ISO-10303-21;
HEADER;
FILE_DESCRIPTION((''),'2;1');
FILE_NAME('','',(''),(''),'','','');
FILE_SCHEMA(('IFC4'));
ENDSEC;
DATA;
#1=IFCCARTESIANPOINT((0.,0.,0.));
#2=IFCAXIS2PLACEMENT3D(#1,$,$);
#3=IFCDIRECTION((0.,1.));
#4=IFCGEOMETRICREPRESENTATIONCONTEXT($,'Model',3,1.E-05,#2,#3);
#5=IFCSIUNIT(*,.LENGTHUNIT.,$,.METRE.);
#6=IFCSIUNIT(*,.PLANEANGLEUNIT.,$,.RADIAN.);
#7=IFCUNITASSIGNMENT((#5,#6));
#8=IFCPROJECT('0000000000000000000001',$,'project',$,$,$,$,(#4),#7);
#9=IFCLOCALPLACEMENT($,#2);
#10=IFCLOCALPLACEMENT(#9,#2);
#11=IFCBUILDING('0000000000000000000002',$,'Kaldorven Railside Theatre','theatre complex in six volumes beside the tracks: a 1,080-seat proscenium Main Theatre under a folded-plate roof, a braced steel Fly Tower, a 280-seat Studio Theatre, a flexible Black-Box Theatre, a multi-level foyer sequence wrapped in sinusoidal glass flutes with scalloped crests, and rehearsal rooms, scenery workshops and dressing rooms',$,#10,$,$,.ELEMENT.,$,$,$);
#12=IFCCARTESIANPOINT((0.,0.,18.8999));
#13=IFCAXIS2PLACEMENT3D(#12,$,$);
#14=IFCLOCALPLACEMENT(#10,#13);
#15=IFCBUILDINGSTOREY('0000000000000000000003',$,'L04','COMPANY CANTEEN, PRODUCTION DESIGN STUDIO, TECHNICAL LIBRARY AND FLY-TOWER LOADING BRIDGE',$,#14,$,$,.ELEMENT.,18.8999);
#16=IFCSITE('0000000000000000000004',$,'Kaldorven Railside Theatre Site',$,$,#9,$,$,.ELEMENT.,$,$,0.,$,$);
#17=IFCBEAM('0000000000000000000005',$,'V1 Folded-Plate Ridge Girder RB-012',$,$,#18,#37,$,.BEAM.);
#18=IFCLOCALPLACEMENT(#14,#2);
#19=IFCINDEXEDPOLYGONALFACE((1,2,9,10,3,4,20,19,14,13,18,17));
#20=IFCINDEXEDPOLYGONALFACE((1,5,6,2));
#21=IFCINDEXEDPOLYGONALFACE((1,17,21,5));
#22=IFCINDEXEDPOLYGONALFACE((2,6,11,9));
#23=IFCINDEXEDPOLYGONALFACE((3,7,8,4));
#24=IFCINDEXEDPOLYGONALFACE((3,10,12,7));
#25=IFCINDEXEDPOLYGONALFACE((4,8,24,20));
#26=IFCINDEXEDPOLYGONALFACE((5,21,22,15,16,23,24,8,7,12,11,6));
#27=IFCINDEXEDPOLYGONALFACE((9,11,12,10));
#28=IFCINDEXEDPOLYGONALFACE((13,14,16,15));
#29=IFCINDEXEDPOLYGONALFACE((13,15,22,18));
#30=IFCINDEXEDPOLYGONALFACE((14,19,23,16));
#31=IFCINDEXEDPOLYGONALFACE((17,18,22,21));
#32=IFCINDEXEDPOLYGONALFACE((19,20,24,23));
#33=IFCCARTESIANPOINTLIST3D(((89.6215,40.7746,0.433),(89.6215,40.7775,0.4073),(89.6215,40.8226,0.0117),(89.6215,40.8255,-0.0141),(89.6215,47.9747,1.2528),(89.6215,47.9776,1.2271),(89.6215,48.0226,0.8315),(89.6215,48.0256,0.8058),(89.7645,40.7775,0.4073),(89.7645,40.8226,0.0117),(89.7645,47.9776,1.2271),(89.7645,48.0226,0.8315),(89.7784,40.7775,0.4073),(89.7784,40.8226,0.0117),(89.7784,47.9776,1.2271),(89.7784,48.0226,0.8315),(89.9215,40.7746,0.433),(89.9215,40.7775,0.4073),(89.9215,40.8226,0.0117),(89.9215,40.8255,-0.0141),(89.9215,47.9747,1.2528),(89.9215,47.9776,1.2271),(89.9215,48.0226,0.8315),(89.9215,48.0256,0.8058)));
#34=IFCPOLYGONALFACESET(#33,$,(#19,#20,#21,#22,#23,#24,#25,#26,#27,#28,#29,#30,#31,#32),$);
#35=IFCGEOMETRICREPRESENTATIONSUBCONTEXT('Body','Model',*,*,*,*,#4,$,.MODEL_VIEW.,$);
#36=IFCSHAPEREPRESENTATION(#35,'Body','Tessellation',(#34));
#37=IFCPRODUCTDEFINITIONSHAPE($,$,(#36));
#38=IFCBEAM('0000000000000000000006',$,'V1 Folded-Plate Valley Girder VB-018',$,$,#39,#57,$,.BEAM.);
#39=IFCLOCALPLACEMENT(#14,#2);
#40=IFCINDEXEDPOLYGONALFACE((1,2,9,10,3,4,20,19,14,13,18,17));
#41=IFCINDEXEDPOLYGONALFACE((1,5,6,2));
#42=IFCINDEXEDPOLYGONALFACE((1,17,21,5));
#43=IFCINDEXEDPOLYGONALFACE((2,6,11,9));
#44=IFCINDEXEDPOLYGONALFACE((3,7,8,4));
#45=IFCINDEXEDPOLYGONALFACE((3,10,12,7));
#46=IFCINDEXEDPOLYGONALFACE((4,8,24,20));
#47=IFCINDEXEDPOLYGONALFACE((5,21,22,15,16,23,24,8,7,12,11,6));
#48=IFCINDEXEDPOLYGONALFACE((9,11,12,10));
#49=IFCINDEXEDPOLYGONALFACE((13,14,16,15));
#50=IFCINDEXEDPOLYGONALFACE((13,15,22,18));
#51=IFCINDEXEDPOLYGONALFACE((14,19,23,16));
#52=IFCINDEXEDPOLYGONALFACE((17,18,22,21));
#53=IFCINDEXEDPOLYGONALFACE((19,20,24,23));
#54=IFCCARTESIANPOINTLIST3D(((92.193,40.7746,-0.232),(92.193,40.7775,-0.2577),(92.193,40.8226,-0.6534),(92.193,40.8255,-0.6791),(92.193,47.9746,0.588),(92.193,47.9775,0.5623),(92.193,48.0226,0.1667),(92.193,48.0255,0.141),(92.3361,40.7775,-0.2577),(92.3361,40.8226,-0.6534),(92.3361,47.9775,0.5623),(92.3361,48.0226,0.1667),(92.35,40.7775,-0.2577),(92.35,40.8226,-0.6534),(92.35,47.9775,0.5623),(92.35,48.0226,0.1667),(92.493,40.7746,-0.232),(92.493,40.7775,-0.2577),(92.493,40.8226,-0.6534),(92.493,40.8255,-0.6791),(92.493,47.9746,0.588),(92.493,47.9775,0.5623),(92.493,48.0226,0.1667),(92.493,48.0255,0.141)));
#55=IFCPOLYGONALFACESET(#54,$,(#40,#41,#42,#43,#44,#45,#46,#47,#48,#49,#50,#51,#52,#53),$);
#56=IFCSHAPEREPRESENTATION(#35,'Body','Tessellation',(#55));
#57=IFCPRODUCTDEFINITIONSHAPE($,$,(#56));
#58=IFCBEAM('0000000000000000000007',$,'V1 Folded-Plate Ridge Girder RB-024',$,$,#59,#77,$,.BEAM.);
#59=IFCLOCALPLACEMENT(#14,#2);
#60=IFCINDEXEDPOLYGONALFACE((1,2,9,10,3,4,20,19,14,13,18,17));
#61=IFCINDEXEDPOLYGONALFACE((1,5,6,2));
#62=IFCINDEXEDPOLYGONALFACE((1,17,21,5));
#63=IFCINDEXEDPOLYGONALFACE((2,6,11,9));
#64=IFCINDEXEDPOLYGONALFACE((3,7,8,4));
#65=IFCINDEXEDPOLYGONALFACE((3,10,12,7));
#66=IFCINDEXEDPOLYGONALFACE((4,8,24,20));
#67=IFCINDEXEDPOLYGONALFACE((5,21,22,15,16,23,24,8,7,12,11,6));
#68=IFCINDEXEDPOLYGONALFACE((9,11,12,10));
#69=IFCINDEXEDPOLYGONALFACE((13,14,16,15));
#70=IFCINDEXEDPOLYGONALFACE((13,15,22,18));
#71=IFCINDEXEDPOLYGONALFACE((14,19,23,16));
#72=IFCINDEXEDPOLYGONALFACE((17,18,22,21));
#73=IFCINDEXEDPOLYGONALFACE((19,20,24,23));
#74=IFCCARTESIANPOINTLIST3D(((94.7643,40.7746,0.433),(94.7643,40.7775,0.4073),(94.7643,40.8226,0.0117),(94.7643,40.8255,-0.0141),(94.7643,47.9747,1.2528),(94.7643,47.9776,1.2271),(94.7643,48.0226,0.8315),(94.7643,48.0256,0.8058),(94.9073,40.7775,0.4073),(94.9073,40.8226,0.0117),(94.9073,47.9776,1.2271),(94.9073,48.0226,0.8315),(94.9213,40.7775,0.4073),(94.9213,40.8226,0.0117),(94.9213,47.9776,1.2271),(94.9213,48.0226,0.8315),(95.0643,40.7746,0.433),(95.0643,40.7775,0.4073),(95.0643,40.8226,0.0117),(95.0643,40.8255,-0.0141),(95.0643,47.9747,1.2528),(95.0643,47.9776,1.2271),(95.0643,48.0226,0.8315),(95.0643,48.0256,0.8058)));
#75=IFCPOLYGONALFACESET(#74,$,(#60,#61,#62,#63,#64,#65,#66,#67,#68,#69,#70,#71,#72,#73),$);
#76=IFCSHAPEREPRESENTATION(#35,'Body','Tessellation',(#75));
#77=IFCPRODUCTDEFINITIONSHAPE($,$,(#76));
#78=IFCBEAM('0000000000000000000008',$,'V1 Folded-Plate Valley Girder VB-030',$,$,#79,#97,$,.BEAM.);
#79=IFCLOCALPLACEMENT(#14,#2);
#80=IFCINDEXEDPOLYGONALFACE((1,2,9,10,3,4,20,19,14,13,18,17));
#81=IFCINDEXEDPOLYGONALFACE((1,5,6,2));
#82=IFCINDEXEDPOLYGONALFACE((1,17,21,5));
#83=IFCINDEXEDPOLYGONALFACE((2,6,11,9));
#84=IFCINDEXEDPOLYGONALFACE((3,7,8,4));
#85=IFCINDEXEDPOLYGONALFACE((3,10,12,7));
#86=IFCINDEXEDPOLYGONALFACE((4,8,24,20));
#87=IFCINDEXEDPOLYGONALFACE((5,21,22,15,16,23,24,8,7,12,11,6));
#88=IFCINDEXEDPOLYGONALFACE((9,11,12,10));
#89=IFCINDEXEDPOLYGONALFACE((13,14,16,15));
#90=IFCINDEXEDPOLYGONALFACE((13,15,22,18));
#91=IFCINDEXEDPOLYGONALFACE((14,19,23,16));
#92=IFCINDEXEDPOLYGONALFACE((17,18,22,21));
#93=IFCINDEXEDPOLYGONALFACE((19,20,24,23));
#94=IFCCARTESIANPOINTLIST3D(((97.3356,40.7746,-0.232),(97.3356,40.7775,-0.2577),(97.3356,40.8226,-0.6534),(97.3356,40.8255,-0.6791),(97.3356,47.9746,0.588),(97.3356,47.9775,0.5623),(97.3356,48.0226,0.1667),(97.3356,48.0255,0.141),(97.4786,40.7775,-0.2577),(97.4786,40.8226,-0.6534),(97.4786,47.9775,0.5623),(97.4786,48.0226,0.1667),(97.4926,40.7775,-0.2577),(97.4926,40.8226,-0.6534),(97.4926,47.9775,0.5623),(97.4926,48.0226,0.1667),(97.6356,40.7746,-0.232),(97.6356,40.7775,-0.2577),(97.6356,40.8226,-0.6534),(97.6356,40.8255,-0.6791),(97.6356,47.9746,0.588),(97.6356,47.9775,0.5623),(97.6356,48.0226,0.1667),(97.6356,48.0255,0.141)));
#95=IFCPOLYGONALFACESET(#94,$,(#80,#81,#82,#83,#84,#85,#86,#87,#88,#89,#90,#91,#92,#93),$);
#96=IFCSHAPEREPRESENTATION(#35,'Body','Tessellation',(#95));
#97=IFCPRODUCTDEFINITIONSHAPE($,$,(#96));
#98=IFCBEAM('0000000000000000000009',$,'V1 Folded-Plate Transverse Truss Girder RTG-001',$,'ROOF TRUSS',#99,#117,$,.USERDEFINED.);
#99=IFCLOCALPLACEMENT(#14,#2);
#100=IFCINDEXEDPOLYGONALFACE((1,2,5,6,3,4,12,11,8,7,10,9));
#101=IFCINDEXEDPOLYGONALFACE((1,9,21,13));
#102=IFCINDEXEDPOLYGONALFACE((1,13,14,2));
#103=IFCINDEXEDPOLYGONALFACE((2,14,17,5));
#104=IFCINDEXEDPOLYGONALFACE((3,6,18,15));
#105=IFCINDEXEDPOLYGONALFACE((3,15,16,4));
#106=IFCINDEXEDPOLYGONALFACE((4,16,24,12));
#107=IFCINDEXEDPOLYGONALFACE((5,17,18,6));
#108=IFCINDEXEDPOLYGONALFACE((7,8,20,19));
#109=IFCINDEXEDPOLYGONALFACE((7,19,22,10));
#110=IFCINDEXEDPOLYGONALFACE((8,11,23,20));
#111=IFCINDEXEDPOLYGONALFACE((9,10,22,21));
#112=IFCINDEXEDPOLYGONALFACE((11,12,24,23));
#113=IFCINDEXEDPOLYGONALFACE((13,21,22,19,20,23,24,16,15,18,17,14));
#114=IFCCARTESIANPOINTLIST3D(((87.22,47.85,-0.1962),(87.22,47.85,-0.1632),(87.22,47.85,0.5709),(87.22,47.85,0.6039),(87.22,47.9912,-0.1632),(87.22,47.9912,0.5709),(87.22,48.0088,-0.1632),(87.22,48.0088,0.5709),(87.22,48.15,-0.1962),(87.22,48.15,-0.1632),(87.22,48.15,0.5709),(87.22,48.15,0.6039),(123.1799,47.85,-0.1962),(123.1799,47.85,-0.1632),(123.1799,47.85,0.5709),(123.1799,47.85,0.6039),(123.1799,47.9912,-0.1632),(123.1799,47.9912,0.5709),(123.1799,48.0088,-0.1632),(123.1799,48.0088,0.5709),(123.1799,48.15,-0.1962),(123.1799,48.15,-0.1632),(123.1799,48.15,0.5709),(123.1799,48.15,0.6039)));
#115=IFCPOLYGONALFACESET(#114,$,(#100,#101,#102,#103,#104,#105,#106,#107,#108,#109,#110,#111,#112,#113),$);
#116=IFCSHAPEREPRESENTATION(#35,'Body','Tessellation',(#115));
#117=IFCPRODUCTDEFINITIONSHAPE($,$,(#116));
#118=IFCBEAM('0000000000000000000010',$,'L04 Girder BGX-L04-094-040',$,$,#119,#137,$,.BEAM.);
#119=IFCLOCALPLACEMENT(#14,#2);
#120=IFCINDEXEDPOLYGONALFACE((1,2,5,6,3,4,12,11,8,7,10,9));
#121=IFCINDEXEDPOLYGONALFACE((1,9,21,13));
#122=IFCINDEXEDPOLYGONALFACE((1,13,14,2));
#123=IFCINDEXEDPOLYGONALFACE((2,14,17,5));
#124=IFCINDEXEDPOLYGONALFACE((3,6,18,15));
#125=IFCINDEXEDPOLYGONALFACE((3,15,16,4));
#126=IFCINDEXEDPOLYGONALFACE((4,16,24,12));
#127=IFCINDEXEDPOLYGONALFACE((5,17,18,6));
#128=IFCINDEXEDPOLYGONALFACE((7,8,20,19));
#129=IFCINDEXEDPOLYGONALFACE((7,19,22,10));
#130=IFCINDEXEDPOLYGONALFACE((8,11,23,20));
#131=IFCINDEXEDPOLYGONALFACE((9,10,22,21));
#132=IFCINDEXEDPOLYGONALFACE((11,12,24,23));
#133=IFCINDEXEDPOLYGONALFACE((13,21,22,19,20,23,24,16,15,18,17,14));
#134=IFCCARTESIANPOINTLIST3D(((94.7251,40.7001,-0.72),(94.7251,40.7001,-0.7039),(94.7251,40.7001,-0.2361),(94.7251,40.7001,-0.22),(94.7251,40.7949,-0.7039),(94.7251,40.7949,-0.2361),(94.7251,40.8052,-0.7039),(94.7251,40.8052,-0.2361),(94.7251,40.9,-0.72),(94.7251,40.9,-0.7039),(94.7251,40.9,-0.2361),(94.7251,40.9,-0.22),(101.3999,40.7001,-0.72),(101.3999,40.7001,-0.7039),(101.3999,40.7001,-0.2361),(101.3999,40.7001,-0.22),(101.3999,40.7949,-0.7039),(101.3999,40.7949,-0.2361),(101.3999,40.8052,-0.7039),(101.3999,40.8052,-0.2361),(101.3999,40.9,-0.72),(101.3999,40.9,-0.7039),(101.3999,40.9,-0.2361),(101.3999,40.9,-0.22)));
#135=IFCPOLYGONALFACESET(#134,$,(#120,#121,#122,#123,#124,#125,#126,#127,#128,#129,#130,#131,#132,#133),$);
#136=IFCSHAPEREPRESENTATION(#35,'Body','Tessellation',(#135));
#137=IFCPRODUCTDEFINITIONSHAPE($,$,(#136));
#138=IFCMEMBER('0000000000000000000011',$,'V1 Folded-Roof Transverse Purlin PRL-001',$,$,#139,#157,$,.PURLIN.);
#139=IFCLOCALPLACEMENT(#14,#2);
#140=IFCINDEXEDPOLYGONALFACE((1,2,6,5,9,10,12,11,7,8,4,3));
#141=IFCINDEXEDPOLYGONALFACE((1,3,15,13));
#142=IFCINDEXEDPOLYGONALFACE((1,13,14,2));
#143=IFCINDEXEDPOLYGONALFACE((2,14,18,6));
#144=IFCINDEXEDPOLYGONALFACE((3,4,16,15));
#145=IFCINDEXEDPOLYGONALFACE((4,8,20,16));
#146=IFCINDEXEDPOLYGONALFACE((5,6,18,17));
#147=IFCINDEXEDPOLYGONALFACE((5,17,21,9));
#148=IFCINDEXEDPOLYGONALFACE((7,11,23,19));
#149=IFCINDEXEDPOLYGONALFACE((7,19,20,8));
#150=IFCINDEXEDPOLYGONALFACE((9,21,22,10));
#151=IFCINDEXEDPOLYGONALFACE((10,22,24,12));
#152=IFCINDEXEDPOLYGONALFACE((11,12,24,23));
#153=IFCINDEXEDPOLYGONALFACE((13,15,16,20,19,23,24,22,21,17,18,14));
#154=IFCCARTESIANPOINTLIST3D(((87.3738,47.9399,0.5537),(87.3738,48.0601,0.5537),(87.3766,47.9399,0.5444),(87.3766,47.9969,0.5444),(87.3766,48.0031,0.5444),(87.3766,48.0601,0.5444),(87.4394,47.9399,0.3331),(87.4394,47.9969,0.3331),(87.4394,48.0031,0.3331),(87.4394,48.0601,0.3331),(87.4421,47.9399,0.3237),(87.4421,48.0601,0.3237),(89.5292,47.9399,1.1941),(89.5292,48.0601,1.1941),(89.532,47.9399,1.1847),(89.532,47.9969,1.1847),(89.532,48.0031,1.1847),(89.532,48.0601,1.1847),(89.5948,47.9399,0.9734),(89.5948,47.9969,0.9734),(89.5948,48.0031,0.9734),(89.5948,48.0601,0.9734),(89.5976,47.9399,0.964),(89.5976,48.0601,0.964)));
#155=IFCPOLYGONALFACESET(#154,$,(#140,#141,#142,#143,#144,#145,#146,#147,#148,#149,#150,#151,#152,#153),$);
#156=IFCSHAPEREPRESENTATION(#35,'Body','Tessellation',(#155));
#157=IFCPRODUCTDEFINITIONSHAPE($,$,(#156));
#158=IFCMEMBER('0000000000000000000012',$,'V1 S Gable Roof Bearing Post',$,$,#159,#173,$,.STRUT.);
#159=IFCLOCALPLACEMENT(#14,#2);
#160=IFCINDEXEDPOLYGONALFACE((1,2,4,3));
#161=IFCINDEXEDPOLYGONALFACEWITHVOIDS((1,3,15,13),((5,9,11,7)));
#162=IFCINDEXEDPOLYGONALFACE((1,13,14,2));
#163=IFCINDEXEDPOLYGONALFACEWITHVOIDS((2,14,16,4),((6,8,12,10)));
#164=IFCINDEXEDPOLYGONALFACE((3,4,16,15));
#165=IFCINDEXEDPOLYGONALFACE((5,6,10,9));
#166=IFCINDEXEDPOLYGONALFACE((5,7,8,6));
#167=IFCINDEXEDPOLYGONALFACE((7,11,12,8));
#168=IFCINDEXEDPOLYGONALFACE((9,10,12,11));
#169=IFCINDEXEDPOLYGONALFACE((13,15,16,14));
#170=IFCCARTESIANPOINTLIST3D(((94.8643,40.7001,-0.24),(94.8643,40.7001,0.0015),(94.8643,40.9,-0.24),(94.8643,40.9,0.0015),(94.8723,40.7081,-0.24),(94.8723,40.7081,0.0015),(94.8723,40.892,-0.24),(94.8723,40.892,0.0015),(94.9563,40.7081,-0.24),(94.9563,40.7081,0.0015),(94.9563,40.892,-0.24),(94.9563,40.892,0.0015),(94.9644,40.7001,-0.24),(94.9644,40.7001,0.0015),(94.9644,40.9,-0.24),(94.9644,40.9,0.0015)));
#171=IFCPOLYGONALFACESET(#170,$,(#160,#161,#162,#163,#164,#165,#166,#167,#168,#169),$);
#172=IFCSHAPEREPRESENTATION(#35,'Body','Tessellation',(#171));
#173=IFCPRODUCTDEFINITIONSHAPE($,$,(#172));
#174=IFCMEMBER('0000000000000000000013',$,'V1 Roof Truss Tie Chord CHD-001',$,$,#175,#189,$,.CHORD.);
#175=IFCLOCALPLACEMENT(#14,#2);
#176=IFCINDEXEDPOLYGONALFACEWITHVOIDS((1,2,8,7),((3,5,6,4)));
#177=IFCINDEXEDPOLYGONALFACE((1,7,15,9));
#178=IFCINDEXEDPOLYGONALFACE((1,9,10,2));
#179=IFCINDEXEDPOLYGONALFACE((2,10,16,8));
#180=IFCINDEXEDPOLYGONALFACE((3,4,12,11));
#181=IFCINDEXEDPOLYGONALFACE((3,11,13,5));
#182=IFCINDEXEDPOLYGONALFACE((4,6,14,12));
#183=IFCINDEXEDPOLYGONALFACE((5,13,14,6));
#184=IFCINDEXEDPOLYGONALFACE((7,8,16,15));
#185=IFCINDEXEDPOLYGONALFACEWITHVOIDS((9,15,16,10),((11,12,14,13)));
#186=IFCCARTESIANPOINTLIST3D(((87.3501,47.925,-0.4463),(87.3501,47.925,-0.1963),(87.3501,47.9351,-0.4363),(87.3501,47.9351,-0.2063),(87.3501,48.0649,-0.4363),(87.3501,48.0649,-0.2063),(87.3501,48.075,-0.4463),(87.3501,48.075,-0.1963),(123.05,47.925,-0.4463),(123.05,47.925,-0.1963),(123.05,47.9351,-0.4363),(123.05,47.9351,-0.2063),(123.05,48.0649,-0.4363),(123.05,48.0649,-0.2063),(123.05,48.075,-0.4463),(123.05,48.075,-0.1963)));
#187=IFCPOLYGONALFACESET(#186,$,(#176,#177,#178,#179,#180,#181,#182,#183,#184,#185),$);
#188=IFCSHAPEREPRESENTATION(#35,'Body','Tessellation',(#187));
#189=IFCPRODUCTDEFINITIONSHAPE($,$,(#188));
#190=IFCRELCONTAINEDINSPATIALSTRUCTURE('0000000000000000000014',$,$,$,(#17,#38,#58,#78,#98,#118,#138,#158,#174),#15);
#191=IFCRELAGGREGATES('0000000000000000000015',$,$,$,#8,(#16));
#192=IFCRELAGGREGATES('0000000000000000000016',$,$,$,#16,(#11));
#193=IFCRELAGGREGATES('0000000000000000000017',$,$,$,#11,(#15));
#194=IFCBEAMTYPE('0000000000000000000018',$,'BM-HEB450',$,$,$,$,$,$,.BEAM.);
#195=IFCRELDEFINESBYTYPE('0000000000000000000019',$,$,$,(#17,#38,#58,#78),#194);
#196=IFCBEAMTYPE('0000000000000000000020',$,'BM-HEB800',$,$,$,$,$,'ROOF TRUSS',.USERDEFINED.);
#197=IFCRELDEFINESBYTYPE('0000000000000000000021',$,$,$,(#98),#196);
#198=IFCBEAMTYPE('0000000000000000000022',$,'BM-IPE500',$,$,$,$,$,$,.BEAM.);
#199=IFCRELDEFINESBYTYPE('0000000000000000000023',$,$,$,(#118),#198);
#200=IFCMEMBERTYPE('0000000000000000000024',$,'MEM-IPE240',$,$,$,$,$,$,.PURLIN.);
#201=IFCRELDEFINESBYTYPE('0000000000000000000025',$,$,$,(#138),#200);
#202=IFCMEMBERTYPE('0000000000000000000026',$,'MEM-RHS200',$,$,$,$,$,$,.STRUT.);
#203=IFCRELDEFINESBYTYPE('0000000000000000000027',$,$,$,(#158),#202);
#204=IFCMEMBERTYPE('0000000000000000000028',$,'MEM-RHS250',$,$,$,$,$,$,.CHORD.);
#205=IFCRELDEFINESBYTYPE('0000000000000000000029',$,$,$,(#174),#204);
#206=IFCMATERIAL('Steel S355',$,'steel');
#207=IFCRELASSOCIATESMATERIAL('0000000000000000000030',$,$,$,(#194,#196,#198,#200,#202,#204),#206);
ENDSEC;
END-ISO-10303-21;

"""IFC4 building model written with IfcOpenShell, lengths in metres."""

from ifc_helpers import new_model, si_unit, direction, frame, origin, origin_2d, place, context, subcontext, project, spatial, hollow_rectangle, i_section, extrude, material, material_profile, profile_set, type_object, element, save


model = new_model("IFC4")

# Units and contexts
model_context = context("Model", 3, precision=1e-05, world=origin(), true_north=direction((0.0, 1.0)))
body_context = subcontext(model_context, "Body", "Model", "MODEL_VIEW")
ifc_project = project(units=[si_unit("LENGTHUNIT", "METRE"), si_unit("PLANEANGLEUNIT", "RADIAN")], contexts=[model_context])

# Site, building, storey
site_placement = place(None, origin())
site = spatial("IfcSite", under=ifc_project, at=site_placement, Name="Kaldorven Railside Theatre Site", CompositionType="ELEMENT", RefElevation=0.0)
building_placement = place(site_placement, origin())
building = spatial("IfcBuilding", under=site, at=building_placement, Name="Kaldorven Railside Theatre", Description="theatre complex in six volumes beside the tracks: a 1,080-seat proscenium Main Theatre under a folded-plate roof, a braced steel Fly Tower, a 280-seat Studio Theatre, a flexible Black-Box Theatre, a multi-level foyer sequence wrapped in sinusoidal glass flutes with scalloped crests, and rehearsal rooms, scenery workshops and dressing rooms", CompositionType="ELEMENT")
storey_placement = place(building_placement, frame((0.0, 0.0, 18.8999)))
storey = spatial("IfcBuildingStorey", under=building, at=storey_placement, Name="L04", Description="COMPANY CANTEEN, PRODUCTION DESIGN STUDIO, TECHNICAL LIBRARY AND FLY-TOWER LOADING BRIDGE", CompositionType="ELEMENT", Elevation=18.8999)

# Beams
ifc_material_1 = material(Name="Steel S355", Category="steel")
ifc_material_profile_1 = material_profile(ifc_material_1, i_section(OverallWidth=0.3, OverallDepth=0.45, WebThickness=0.0139, FlangeThickness=0.0259, at=origin_2d()), Name="HEB 450")
ifc_profile_set_1 = profile_set([ifc_material_profile_1], Name="Steel S355")
beam_type_1 = type_object("IfcBeamType", Name="BM-HEB450", PredefinedType="BEAM", material=ifc_profile_set_1)
for number, where, z_axis, x_axis, name in (
    (1, (89.7715, 40.8, 0.2095), (0.0, 0.99358, 0.113134), (-1.0, 0.0, 0.0), "V1 Folded-Plate Ridge Girder RB-012"),
    (2, (92.343, 40.8, -0.4556), (0.0, 0.993576, 0.113167), (-1.0, 0.0, 0.0), "V1 Folded-Plate Valley Girder VB-018"),
    (3, (94.9143, 40.8, 0.2095), (0.0, 0.99358, 0.113134), (-1.0, 0.0, 0.0), "V1 Folded-Plate Ridge Girder RB-024"),
    (4, (97.4856, 40.8, -0.4556), (0.0, 0.993576, 0.113167), (-1.0, 0.0, 0.0), "V1 Folded-Plate Valley Girder VB-030"),
):
    element("IfcBeam", number, at=place(storey_placement, frame(where, z_axis=z_axis, x_axis=x_axis)), inside=storey, type_object=beam_type_1, Name=name, PredefinedType="BEAM", context=body_context, shape_type="SweptSolid", body=[
        extrude(i_section(OverallWidth=0.3, OverallDepth=0.45, WebThickness=0.0139, FlangeThickness=0.0259, at=origin_2d()), origin(), (0.0, 0.0, 1.0), 7.2466),
    ])
ifc_material_profile_2 = material_profile(ifc_material_1, i_section(OverallWidth=0.3, OverallDepth=0.8, WebThickness=0.0176, FlangeThickness=0.033, at=origin_2d()), Name="HEB 800")
ifc_profile_set_2 = profile_set([ifc_material_profile_2], Name="Steel S355")
beam_type_2 = type_object("IfcBeamType", Name="BM-HEB800", ElementType="ROOF TRUSS", PredefinedType="USERDEFINED", material=ifc_profile_set_2)
beam_1_placement = place(storey_placement, frame((87.22, 48.0, 0.2039), z_axis=(1.0, 0.0, 0.0), x_axis=(0.0, 1.0, 0.0)))
element("IfcBeam", 5, at=beam_1_placement, inside=storey, type_object=beam_type_2, Name="V1 Folded-Plate Transverse Truss Girder RTG-001", ObjectType="ROOF TRUSS", PredefinedType="USERDEFINED", context=body_context, shape_type="SweptSolid", body=[
    extrude(i_section(OverallWidth=0.3, OverallDepth=0.8, WebThickness=0.0176, FlangeThickness=0.033, at=origin_2d()), origin(), (0.0, 0.0, 1.0), 35.96),
])
ifc_material_profile_3 = material_profile(ifc_material_1, i_section(OverallWidth=0.2, OverallDepth=0.5, WebThickness=0.0103, FlangeThickness=0.0161, at=origin_2d()), Name="IPE 500")
ifc_profile_set_3 = profile_set([ifc_material_profile_3], Name="Steel S355")
beam_type_3 = type_object("IfcBeamType", Name="BM-IPE500", PredefinedType="BEAM", material=ifc_profile_set_3)
beam_2_placement = place(storey_placement, frame((94.7251, 40.8, -0.47), z_axis=(1.0, 0.0, 0.0), x_axis=(0.0, 1.0, 0.0)))
element("IfcBeam", 6, at=beam_2_placement, inside=storey, type_object=beam_type_3, Name="L04 Girder BGX-L04-094-040", PredefinedType="BEAM", context=body_context, shape_type="SweptSolid", body=[
    extrude(i_section(OverallWidth=0.2, OverallDepth=0.5, WebThickness=0.0103, FlangeThickness=0.0161, at=origin_2d()), origin(), (0.0, 0.0, 1.0), 6.6748),
])

# Members
ifc_material_profile_4 = material_profile(ifc_material_1, i_section(OverallWidth=0.1201, OverallDepth=0.24, WebThickness=0.0061, FlangeThickness=0.0098, at=origin_2d()), Name="IPE 240")
ifc_profile_set_4 = profile_set([ifc_material_profile_4], Name="Steel S355")
member_type_1 = type_object("IfcMemberType", Name="MEM-IPE240", PredefinedType="PURLIN", material=ifc_profile_set_4)
member_1_placement = place(storey_placement, frame((87.408, 48.0, 0.4387), z_axis=(0.958591, 0.0, 0.284787), x_axis=(0.0, 1.0, 0.0)))
element("IfcMember", 7, at=member_1_placement, inside=storey, type_object=member_type_1, Name="V1 Folded-Roof Transverse Purlin PRL-001", PredefinedType="PURLIN", context=body_context, shape_type="SweptSolid", body=[
    extrude(i_section(OverallWidth=0.1201, OverallDepth=0.24, WebThickness=0.0061, FlangeThickness=0.0098, at=origin_2d()), origin(), (0.0, 0.0, 1.0), 2.2485),
])
ifc_material_profile_5 = material_profile(ifc_material_1, hollow_rectangle(XDim=0.1001, YDim=0.2, WallThickness=0.0081, at=origin_2d()), Name="RHS 200x100x8")
ifc_profile_set_5 = profile_set([ifc_material_profile_5], Name="Steel S355")
member_type_2 = type_object("IfcMemberType", Name="MEM-RHS200", PredefinedType="STRUT", material=ifc_profile_set_5)
member_2_placement = place(storey_placement, frame((94.9143, 40.8, -0.24), z_axis=(0.0, 0.0, 1.0), x_axis=(1.0, 0.0, 0.0)))
element("IfcMember", 8, at=member_2_placement, inside=storey, type_object=member_type_2, Name="V1 S Gable Roof Bearing Post", PredefinedType="STRUT", context=body_context, shape_type="SweptSolid", body=[
    extrude(hollow_rectangle(XDim=0.1001, YDim=0.2, WallThickness=0.0081, at=origin_2d()), origin(), (0.0, 0.0, 1.0), 0.2415),
])
ifc_material_profile_6 = material_profile(ifc_material_1, hollow_rectangle(XDim=0.1499, YDim=0.25, WallThickness=0.01, at=origin_2d()), Name="RHS 250x150x10")
ifc_profile_set_6 = profile_set([ifc_material_profile_6], Name="Steel S355")
member_type_3 = type_object("IfcMemberType", Name="MEM-RHS250", PredefinedType="CHORD", material=ifc_profile_set_6)
member_3_placement = place(storey_placement, frame((87.3501, 48.0, -0.3213), z_axis=(1.0, 0.0, 0.0), x_axis=(0.0, 1.0, 0.0)))
element("IfcMember", 9, at=member_3_placement, inside=storey, type_object=member_type_3, Name="V1 Roof Truss Tie Chord CHD-001", PredefinedType="CHORD", context=body_context, shape_type="SweptSolid", body=[
    extrude(hollow_rectangle(XDim=0.1499, YDim=0.25, WallThickness=0.01, at=origin_2d()), origin(), (0.0, 0.0, 1.0), 35.7),
])

save(model, "model.ifc")
